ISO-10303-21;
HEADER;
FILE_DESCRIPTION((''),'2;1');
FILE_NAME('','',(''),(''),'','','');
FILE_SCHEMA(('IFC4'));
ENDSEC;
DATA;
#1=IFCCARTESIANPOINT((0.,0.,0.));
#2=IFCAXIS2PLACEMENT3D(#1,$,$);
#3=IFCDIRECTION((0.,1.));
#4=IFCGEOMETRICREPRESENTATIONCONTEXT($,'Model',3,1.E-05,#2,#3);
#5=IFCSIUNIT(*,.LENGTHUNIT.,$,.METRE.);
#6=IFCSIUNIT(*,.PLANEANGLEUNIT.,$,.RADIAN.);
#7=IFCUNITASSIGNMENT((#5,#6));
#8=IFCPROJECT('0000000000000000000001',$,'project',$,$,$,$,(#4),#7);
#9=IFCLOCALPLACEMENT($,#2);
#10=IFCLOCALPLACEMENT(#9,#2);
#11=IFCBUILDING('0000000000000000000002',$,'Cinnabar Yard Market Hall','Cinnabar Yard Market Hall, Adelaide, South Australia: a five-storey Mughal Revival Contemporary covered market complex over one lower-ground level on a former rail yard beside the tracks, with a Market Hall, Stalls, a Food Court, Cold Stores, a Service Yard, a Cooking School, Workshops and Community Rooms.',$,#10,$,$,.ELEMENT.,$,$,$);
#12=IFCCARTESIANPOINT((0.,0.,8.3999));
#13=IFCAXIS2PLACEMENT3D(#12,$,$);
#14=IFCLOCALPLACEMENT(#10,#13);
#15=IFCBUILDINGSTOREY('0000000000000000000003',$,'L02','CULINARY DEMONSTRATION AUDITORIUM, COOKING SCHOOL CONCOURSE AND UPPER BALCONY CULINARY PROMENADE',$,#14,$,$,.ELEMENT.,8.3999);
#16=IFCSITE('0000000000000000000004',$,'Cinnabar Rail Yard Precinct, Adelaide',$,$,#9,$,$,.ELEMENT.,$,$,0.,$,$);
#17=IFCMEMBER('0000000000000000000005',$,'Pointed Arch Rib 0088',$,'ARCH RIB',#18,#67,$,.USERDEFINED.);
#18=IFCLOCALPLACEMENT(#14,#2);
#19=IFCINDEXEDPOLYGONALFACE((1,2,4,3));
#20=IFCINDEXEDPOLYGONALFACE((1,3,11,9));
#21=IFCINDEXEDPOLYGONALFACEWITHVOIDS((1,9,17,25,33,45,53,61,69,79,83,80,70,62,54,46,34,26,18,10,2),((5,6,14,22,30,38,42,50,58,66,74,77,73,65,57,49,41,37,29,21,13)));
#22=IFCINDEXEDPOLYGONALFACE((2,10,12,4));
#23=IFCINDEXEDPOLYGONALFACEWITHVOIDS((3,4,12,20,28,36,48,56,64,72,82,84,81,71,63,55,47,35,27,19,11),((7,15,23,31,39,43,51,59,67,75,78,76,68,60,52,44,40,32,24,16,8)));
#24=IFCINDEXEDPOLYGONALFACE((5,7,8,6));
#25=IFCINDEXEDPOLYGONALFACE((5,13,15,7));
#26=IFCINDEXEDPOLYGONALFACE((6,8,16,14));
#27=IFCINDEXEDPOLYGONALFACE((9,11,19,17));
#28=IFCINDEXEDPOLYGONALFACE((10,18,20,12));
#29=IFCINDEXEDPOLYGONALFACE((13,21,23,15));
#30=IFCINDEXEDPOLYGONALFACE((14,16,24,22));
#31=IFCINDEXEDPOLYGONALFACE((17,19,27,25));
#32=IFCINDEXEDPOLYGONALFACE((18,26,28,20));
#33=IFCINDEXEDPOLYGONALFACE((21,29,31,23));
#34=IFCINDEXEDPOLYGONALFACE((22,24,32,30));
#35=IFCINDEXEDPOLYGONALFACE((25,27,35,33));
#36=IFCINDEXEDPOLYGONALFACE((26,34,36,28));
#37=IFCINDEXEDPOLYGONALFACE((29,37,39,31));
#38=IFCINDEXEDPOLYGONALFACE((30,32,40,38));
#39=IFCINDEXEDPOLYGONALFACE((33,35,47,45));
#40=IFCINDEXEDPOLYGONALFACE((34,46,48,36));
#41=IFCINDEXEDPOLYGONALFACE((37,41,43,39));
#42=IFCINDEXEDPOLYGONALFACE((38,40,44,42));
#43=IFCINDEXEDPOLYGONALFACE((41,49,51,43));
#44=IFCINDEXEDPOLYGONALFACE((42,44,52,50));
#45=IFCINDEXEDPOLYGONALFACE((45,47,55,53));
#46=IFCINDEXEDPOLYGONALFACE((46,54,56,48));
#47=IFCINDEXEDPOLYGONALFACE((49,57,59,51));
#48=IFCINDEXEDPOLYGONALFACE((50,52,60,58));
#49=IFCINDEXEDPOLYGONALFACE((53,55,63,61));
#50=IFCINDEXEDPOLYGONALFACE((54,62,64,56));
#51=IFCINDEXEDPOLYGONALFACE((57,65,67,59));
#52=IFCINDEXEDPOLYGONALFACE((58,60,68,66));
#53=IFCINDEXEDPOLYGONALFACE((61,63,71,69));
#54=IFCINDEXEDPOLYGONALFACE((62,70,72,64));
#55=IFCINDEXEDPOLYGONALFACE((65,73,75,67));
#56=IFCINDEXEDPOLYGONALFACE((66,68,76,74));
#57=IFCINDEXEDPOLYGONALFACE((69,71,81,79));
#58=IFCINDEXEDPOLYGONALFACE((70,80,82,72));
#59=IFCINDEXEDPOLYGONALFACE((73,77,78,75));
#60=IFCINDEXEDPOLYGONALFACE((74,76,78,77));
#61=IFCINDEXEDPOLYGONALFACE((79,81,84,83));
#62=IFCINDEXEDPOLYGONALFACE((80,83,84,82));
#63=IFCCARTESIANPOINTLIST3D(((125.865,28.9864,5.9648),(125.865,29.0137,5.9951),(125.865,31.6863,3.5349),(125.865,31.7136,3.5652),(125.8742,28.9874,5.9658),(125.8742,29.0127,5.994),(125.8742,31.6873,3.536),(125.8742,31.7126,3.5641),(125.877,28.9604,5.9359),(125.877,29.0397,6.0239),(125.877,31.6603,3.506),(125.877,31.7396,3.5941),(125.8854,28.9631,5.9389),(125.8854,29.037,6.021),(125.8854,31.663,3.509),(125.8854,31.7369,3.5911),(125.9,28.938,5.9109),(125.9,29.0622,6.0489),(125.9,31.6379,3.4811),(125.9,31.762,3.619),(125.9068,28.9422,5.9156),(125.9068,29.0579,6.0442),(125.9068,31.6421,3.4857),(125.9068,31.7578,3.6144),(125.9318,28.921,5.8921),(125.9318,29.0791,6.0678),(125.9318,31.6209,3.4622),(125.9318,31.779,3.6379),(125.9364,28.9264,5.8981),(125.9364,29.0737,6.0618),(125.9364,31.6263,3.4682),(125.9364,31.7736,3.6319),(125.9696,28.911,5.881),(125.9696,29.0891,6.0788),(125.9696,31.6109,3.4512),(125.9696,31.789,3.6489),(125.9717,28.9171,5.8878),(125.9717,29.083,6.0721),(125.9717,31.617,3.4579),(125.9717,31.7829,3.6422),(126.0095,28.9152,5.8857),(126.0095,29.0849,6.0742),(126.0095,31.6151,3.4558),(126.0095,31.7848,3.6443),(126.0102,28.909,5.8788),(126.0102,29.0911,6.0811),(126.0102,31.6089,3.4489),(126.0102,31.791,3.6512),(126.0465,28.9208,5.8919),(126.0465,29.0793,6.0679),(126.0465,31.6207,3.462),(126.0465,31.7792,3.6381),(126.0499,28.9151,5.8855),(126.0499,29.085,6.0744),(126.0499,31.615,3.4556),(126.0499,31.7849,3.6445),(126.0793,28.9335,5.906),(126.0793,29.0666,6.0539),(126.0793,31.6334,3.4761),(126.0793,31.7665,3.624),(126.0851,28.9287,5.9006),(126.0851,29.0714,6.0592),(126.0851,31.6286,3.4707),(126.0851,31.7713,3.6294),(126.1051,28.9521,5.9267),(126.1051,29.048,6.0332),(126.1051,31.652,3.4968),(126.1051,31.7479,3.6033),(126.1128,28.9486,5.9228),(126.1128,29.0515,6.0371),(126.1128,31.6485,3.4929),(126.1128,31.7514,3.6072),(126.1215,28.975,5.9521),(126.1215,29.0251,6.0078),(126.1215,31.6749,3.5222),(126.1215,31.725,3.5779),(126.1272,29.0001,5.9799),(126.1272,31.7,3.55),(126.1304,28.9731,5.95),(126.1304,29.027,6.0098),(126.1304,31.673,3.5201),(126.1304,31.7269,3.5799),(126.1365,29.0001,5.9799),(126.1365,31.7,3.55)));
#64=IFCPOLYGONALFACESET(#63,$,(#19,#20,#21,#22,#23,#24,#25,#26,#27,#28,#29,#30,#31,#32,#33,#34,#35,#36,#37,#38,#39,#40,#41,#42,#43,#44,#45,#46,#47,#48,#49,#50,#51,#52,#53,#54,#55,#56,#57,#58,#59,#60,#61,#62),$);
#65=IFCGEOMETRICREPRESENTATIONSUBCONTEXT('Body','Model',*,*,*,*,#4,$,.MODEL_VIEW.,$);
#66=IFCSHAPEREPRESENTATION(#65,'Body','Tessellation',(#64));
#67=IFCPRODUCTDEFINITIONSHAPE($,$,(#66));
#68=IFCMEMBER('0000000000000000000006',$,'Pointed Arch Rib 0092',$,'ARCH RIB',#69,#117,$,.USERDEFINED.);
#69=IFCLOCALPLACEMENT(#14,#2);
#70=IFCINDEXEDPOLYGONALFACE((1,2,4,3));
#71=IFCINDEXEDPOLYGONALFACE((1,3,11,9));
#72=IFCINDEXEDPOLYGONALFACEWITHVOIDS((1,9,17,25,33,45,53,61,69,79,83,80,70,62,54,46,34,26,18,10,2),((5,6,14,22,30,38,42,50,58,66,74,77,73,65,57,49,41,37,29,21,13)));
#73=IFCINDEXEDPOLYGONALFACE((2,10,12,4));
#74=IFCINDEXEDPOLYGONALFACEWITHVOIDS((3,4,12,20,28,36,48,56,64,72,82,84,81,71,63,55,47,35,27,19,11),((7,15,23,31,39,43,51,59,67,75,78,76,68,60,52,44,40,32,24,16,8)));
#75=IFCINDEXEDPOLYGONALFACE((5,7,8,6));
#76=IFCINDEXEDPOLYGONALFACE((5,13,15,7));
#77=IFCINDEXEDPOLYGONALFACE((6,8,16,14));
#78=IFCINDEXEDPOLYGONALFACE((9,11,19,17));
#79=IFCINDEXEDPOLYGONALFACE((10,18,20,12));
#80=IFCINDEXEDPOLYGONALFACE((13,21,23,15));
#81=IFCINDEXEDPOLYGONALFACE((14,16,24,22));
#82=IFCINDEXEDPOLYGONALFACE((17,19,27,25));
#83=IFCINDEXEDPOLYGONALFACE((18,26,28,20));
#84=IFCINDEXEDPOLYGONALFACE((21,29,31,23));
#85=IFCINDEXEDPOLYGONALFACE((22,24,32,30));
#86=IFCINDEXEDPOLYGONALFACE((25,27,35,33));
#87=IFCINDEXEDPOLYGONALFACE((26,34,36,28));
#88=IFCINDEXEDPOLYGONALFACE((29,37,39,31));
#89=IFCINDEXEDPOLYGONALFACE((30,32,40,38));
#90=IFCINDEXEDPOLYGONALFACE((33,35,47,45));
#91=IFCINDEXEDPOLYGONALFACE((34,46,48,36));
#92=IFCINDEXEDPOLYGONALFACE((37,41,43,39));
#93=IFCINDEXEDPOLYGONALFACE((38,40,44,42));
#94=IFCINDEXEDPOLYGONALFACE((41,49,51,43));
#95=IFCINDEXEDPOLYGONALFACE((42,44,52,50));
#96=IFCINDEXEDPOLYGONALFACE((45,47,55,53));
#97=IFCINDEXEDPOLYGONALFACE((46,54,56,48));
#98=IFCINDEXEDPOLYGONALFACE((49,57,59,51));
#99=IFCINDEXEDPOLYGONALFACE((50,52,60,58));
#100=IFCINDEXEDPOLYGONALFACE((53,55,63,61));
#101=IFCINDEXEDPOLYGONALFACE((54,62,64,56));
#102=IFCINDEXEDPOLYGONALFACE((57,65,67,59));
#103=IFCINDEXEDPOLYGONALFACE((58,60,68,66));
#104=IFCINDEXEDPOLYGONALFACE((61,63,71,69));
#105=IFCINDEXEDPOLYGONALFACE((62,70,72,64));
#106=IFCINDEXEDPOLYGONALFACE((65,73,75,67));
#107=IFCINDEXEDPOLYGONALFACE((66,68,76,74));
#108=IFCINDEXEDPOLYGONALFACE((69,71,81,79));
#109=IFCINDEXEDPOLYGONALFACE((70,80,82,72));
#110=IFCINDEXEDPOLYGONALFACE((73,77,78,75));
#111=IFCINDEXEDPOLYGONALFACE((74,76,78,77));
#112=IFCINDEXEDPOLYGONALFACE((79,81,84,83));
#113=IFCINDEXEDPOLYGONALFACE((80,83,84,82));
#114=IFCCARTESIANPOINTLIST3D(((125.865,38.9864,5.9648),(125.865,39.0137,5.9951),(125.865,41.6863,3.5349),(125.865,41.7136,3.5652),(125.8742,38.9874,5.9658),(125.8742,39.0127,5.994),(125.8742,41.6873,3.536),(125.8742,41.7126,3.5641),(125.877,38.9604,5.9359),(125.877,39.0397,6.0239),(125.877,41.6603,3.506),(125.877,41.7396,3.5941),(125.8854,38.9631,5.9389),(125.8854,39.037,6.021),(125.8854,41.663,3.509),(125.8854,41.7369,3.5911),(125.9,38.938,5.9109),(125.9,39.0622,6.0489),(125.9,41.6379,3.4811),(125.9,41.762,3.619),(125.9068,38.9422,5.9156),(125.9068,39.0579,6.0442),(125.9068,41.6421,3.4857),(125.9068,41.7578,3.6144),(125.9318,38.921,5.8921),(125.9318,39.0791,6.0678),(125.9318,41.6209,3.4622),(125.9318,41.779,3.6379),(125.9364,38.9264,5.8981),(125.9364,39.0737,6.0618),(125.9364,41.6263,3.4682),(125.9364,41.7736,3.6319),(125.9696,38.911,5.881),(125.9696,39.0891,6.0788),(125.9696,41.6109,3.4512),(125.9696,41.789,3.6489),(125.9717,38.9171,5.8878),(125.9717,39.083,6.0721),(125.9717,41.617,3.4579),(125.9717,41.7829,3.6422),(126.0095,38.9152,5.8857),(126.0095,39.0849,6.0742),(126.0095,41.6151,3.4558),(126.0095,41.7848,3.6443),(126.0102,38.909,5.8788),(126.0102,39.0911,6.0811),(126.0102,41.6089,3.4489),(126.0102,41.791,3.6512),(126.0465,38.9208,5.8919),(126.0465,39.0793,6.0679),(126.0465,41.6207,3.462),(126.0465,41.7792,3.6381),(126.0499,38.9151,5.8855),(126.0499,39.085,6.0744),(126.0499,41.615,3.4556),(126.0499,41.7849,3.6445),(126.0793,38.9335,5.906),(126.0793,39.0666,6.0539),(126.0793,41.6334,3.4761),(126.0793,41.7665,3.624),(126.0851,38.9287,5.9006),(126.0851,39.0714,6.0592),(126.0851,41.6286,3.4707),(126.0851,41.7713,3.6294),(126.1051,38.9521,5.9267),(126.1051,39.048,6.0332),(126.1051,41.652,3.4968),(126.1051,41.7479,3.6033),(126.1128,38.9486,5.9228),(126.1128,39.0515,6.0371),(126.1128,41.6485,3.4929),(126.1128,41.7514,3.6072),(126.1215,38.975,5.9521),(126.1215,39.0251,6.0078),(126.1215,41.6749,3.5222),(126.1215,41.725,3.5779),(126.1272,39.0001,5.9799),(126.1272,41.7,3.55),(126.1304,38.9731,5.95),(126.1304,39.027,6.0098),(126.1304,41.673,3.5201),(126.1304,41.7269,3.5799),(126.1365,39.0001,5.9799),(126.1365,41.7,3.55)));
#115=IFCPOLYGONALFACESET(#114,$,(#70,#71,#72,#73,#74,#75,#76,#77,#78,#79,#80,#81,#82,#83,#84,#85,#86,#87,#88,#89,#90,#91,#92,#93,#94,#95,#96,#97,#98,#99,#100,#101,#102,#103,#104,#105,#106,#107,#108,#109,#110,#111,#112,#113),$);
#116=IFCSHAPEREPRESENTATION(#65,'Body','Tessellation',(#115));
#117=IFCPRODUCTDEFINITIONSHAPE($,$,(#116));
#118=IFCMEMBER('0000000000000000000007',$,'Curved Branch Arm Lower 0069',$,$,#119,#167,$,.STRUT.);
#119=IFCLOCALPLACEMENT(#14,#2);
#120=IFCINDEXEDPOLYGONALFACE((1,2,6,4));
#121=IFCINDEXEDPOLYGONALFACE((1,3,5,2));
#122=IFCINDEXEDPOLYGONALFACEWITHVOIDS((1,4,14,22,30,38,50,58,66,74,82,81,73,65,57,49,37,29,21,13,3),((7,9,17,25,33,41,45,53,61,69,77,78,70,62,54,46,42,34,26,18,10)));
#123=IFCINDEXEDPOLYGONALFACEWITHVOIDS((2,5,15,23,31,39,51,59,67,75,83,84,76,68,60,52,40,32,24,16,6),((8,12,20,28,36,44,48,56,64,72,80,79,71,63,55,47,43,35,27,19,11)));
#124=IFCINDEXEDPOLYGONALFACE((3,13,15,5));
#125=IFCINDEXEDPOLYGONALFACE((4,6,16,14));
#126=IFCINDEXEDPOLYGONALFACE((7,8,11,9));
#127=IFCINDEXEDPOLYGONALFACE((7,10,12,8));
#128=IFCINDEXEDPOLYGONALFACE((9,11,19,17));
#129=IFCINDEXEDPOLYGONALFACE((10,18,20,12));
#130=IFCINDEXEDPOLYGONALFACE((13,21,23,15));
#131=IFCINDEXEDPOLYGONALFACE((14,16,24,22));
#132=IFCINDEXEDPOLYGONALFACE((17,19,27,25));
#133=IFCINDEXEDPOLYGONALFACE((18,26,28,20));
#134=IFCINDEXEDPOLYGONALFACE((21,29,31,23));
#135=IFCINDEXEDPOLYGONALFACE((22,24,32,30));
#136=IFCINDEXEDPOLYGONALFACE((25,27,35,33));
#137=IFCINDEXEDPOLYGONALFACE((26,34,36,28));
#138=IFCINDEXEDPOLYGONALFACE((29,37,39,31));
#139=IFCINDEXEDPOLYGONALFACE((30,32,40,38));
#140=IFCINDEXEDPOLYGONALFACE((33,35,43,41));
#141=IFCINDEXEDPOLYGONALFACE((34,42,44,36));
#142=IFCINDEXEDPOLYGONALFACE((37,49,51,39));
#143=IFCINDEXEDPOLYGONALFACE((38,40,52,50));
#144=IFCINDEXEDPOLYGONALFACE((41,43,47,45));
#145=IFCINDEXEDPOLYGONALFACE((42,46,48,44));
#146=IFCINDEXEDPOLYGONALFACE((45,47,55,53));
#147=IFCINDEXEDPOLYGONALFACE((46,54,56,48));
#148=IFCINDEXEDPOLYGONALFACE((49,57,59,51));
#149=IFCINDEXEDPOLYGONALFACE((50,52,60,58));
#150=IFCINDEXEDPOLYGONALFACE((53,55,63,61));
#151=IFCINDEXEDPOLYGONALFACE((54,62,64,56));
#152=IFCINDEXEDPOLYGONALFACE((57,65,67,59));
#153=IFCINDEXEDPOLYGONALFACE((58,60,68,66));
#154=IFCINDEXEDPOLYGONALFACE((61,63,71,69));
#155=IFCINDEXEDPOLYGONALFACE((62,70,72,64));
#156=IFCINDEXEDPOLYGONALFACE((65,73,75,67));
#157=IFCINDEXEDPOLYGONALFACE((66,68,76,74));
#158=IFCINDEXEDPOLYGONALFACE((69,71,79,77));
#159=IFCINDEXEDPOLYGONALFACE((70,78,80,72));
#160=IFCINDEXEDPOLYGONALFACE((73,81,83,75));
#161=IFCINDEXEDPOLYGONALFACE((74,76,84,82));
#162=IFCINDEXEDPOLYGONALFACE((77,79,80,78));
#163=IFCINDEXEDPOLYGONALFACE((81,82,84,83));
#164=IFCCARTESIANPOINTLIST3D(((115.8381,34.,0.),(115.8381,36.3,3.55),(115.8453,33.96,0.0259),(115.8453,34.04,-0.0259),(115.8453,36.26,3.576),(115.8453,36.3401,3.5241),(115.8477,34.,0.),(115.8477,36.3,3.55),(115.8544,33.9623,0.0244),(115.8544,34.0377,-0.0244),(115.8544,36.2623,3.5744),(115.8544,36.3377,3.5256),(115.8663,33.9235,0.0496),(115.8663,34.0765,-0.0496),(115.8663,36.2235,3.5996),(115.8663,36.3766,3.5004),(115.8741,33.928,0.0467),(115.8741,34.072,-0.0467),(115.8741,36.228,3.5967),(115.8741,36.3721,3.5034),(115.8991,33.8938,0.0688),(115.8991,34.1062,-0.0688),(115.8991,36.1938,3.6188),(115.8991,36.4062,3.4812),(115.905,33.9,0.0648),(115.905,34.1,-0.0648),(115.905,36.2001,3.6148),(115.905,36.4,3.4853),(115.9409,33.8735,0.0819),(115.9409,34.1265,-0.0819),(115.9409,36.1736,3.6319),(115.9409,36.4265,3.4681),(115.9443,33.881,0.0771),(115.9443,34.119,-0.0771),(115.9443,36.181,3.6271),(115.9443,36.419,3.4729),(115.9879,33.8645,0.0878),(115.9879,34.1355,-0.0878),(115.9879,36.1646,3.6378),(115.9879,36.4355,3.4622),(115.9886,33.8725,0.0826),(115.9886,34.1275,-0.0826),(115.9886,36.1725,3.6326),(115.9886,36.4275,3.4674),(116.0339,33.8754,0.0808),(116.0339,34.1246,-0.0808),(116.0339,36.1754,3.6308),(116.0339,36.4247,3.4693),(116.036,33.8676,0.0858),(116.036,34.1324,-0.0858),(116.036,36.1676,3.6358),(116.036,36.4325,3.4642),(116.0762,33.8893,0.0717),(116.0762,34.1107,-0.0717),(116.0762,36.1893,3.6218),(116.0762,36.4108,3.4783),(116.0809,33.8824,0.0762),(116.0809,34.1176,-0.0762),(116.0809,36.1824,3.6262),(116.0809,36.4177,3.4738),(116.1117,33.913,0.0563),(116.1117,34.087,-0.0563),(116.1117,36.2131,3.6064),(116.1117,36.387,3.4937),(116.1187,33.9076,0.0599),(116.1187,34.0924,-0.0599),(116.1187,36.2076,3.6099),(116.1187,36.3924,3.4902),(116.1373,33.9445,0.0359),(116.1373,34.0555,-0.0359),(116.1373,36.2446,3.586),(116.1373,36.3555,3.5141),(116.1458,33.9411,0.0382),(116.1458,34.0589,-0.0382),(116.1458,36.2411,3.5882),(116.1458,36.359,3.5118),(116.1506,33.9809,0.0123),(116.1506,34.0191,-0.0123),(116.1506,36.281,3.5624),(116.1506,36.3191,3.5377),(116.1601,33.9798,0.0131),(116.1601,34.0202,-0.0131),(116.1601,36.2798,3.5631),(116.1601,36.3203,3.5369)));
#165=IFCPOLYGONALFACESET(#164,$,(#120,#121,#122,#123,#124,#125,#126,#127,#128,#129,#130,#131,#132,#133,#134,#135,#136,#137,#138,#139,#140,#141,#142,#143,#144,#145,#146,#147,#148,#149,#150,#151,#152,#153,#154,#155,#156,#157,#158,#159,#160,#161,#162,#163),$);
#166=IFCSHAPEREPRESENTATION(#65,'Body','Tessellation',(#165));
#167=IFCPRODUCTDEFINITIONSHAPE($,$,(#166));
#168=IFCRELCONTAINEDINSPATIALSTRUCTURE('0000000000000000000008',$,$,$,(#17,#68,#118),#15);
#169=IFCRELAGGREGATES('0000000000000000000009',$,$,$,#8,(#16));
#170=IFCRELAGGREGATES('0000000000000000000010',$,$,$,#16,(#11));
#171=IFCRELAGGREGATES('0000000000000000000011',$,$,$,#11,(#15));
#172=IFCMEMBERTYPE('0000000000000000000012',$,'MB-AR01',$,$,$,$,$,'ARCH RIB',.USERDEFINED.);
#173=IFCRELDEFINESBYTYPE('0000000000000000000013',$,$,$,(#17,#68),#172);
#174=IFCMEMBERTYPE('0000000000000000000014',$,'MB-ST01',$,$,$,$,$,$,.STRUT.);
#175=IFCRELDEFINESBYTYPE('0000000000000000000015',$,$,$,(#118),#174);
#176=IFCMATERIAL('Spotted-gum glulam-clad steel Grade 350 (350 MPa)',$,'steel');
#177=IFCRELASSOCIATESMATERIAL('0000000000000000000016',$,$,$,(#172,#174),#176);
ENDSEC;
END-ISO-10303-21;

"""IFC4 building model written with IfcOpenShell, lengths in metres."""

from ifc_helpers import new_model, si_unit, direction, frame, origin, origin_2d_with_axis, place, context, subcontext, project, spatial, hollow_circle, extrude, material, material_profile, profile_set, type_object, element, save


model = new_model("IFC4")

# Units and contexts
model_context = context("Model", 3, precision=1e-05, world=origin(), true_north=direction((0.0, 1.0)))
body_context = subcontext(model_context, "Body", "Model", "MODEL_VIEW")
ifc_project = project(units=[si_unit("LENGTHUNIT", "METRE"), si_unit("PLANEANGLEUNIT", "RADIAN")], contexts=[model_context])

# Site, building, storey
site_placement = place(None, origin())
site = spatial("IfcSite", under=ifc_project, at=site_placement, Name="Cinnabar Rail Yard Precinct, Adelaide", CompositionType="ELEMENT", RefElevation=0.0)
building_placement = place(site_placement, origin())
building = spatial("IfcBuilding", under=site, at=building_placement, Name="Cinnabar Yard Market Hall", Description="Cinnabar Yard Market Hall, Adelaide, South Australia: a five-storey Mughal Revival Contemporary covered market complex over one lower-ground level on a former rail yard beside the tracks, with a Market Hall, Stalls, a Food Court, Cold Stores, a Service Yard, a Cooking School, Workshops and Community Rooms.", CompositionType="ELEMENT")
storey_placement = place(building_placement, frame((0.0, 0.0, 8.3999)))
storey = spatial("IfcBuildingStorey", under=building, at=storey_placement, Name="L02", Description="CULINARY DEMONSTRATION AUDITORIUM, COOKING SCHOOL CONCOURSE AND UPPER BALCONY CULINARY PROMENADE", CompositionType="ELEMENT", Elevation=8.3999)

# Shared definitions
ifc_material_1 = material(Name="Spotted-gum glulam-clad steel Grade 350 (350 MPa)", Category="steel")

# Members
ifc_material_profile_1 = material_profile(ifc_material_1, hollow_circle(Radius=0.1365, WallThickness=0.0093, at=origin_2d_with_axis()), Name="273.1x9.3CHS")
ifc_profile_set_1 = profile_set([ifc_material_profile_1], Name="Spotted-gum glulam-clad steel Grade 350 (350 MPa)")
member_type_1 = type_object("IfcMemberType", Name="MB-AR01", ElementType="ARCH RIB", PredefinedType="USERDEFINED", material=ifc_profile_set_1)
for number, where, z_axis, x_axis, name in (
    (1, (126.0, 31.7, 3.55), (0.0, -0.743297, 0.668961), (1.0, 0.0, 0.0), "Pointed Arch Rib 0088"),
    (2, (126.0, 41.7, 3.55), (0.0, -0.743297, 0.668961), (1.0, 0.0, 0.0), "Pointed Arch Rib 0092"),
):
    element("IfcMember", number, at=place(storey_placement, frame(where, z_axis=z_axis, x_axis=x_axis)), inside=storey, type_object=member_type_1, Name=name, ObjectType="ARCH RIB", PredefinedType="USERDEFINED", context=body_context, shape_type="SweptSolid", body=[
        extrude(hollow_circle(Radius=0.1365, WallThickness=0.0093, at=origin_2d_with_axis()), origin(), (0.0, 0.0, 1.0), 3.6323),
    ])
ifc_material_profile_2 = material_profile(ifc_material_1, hollow_circle(Radius=0.1619, WallThickness=0.0095, at=origin_2d_with_axis()), Name="323.9x9.5CHS")
ifc_profile_set_2 = profile_set([ifc_material_profile_2], Name="Spotted-gum glulam-clad steel Grade 350 (350 MPa)")
member_type_2 = type_object("IfcMemberType", Name="MB-ST01", PredefinedType="STRUT", material=ifc_profile_set_2)
for number, where, z_axis, x_axis, name in (
    (3, (116.0, 34.0, 0.0), (0.0, 0.543744, 0.839251), (-1.0, 0.0, 0.0), "Curved Branch Arm Lower 0069"),
):
    element("IfcMember", number, at=place(storey_placement, frame(where, z_axis=z_axis, x_axis=x_axis)), inside=storey, type_object=member_type_2, Name=name, PredefinedType="STRUT", context=body_context, shape_type="SweptSolid", body=[
        extrude(hollow_circle(Radius=0.1619, WallThickness=0.0095, at=origin_2d_with_axis()), origin(), (0.0, 0.0, 1.0), 4.23),
    ])

save(model, "model.ifc")
